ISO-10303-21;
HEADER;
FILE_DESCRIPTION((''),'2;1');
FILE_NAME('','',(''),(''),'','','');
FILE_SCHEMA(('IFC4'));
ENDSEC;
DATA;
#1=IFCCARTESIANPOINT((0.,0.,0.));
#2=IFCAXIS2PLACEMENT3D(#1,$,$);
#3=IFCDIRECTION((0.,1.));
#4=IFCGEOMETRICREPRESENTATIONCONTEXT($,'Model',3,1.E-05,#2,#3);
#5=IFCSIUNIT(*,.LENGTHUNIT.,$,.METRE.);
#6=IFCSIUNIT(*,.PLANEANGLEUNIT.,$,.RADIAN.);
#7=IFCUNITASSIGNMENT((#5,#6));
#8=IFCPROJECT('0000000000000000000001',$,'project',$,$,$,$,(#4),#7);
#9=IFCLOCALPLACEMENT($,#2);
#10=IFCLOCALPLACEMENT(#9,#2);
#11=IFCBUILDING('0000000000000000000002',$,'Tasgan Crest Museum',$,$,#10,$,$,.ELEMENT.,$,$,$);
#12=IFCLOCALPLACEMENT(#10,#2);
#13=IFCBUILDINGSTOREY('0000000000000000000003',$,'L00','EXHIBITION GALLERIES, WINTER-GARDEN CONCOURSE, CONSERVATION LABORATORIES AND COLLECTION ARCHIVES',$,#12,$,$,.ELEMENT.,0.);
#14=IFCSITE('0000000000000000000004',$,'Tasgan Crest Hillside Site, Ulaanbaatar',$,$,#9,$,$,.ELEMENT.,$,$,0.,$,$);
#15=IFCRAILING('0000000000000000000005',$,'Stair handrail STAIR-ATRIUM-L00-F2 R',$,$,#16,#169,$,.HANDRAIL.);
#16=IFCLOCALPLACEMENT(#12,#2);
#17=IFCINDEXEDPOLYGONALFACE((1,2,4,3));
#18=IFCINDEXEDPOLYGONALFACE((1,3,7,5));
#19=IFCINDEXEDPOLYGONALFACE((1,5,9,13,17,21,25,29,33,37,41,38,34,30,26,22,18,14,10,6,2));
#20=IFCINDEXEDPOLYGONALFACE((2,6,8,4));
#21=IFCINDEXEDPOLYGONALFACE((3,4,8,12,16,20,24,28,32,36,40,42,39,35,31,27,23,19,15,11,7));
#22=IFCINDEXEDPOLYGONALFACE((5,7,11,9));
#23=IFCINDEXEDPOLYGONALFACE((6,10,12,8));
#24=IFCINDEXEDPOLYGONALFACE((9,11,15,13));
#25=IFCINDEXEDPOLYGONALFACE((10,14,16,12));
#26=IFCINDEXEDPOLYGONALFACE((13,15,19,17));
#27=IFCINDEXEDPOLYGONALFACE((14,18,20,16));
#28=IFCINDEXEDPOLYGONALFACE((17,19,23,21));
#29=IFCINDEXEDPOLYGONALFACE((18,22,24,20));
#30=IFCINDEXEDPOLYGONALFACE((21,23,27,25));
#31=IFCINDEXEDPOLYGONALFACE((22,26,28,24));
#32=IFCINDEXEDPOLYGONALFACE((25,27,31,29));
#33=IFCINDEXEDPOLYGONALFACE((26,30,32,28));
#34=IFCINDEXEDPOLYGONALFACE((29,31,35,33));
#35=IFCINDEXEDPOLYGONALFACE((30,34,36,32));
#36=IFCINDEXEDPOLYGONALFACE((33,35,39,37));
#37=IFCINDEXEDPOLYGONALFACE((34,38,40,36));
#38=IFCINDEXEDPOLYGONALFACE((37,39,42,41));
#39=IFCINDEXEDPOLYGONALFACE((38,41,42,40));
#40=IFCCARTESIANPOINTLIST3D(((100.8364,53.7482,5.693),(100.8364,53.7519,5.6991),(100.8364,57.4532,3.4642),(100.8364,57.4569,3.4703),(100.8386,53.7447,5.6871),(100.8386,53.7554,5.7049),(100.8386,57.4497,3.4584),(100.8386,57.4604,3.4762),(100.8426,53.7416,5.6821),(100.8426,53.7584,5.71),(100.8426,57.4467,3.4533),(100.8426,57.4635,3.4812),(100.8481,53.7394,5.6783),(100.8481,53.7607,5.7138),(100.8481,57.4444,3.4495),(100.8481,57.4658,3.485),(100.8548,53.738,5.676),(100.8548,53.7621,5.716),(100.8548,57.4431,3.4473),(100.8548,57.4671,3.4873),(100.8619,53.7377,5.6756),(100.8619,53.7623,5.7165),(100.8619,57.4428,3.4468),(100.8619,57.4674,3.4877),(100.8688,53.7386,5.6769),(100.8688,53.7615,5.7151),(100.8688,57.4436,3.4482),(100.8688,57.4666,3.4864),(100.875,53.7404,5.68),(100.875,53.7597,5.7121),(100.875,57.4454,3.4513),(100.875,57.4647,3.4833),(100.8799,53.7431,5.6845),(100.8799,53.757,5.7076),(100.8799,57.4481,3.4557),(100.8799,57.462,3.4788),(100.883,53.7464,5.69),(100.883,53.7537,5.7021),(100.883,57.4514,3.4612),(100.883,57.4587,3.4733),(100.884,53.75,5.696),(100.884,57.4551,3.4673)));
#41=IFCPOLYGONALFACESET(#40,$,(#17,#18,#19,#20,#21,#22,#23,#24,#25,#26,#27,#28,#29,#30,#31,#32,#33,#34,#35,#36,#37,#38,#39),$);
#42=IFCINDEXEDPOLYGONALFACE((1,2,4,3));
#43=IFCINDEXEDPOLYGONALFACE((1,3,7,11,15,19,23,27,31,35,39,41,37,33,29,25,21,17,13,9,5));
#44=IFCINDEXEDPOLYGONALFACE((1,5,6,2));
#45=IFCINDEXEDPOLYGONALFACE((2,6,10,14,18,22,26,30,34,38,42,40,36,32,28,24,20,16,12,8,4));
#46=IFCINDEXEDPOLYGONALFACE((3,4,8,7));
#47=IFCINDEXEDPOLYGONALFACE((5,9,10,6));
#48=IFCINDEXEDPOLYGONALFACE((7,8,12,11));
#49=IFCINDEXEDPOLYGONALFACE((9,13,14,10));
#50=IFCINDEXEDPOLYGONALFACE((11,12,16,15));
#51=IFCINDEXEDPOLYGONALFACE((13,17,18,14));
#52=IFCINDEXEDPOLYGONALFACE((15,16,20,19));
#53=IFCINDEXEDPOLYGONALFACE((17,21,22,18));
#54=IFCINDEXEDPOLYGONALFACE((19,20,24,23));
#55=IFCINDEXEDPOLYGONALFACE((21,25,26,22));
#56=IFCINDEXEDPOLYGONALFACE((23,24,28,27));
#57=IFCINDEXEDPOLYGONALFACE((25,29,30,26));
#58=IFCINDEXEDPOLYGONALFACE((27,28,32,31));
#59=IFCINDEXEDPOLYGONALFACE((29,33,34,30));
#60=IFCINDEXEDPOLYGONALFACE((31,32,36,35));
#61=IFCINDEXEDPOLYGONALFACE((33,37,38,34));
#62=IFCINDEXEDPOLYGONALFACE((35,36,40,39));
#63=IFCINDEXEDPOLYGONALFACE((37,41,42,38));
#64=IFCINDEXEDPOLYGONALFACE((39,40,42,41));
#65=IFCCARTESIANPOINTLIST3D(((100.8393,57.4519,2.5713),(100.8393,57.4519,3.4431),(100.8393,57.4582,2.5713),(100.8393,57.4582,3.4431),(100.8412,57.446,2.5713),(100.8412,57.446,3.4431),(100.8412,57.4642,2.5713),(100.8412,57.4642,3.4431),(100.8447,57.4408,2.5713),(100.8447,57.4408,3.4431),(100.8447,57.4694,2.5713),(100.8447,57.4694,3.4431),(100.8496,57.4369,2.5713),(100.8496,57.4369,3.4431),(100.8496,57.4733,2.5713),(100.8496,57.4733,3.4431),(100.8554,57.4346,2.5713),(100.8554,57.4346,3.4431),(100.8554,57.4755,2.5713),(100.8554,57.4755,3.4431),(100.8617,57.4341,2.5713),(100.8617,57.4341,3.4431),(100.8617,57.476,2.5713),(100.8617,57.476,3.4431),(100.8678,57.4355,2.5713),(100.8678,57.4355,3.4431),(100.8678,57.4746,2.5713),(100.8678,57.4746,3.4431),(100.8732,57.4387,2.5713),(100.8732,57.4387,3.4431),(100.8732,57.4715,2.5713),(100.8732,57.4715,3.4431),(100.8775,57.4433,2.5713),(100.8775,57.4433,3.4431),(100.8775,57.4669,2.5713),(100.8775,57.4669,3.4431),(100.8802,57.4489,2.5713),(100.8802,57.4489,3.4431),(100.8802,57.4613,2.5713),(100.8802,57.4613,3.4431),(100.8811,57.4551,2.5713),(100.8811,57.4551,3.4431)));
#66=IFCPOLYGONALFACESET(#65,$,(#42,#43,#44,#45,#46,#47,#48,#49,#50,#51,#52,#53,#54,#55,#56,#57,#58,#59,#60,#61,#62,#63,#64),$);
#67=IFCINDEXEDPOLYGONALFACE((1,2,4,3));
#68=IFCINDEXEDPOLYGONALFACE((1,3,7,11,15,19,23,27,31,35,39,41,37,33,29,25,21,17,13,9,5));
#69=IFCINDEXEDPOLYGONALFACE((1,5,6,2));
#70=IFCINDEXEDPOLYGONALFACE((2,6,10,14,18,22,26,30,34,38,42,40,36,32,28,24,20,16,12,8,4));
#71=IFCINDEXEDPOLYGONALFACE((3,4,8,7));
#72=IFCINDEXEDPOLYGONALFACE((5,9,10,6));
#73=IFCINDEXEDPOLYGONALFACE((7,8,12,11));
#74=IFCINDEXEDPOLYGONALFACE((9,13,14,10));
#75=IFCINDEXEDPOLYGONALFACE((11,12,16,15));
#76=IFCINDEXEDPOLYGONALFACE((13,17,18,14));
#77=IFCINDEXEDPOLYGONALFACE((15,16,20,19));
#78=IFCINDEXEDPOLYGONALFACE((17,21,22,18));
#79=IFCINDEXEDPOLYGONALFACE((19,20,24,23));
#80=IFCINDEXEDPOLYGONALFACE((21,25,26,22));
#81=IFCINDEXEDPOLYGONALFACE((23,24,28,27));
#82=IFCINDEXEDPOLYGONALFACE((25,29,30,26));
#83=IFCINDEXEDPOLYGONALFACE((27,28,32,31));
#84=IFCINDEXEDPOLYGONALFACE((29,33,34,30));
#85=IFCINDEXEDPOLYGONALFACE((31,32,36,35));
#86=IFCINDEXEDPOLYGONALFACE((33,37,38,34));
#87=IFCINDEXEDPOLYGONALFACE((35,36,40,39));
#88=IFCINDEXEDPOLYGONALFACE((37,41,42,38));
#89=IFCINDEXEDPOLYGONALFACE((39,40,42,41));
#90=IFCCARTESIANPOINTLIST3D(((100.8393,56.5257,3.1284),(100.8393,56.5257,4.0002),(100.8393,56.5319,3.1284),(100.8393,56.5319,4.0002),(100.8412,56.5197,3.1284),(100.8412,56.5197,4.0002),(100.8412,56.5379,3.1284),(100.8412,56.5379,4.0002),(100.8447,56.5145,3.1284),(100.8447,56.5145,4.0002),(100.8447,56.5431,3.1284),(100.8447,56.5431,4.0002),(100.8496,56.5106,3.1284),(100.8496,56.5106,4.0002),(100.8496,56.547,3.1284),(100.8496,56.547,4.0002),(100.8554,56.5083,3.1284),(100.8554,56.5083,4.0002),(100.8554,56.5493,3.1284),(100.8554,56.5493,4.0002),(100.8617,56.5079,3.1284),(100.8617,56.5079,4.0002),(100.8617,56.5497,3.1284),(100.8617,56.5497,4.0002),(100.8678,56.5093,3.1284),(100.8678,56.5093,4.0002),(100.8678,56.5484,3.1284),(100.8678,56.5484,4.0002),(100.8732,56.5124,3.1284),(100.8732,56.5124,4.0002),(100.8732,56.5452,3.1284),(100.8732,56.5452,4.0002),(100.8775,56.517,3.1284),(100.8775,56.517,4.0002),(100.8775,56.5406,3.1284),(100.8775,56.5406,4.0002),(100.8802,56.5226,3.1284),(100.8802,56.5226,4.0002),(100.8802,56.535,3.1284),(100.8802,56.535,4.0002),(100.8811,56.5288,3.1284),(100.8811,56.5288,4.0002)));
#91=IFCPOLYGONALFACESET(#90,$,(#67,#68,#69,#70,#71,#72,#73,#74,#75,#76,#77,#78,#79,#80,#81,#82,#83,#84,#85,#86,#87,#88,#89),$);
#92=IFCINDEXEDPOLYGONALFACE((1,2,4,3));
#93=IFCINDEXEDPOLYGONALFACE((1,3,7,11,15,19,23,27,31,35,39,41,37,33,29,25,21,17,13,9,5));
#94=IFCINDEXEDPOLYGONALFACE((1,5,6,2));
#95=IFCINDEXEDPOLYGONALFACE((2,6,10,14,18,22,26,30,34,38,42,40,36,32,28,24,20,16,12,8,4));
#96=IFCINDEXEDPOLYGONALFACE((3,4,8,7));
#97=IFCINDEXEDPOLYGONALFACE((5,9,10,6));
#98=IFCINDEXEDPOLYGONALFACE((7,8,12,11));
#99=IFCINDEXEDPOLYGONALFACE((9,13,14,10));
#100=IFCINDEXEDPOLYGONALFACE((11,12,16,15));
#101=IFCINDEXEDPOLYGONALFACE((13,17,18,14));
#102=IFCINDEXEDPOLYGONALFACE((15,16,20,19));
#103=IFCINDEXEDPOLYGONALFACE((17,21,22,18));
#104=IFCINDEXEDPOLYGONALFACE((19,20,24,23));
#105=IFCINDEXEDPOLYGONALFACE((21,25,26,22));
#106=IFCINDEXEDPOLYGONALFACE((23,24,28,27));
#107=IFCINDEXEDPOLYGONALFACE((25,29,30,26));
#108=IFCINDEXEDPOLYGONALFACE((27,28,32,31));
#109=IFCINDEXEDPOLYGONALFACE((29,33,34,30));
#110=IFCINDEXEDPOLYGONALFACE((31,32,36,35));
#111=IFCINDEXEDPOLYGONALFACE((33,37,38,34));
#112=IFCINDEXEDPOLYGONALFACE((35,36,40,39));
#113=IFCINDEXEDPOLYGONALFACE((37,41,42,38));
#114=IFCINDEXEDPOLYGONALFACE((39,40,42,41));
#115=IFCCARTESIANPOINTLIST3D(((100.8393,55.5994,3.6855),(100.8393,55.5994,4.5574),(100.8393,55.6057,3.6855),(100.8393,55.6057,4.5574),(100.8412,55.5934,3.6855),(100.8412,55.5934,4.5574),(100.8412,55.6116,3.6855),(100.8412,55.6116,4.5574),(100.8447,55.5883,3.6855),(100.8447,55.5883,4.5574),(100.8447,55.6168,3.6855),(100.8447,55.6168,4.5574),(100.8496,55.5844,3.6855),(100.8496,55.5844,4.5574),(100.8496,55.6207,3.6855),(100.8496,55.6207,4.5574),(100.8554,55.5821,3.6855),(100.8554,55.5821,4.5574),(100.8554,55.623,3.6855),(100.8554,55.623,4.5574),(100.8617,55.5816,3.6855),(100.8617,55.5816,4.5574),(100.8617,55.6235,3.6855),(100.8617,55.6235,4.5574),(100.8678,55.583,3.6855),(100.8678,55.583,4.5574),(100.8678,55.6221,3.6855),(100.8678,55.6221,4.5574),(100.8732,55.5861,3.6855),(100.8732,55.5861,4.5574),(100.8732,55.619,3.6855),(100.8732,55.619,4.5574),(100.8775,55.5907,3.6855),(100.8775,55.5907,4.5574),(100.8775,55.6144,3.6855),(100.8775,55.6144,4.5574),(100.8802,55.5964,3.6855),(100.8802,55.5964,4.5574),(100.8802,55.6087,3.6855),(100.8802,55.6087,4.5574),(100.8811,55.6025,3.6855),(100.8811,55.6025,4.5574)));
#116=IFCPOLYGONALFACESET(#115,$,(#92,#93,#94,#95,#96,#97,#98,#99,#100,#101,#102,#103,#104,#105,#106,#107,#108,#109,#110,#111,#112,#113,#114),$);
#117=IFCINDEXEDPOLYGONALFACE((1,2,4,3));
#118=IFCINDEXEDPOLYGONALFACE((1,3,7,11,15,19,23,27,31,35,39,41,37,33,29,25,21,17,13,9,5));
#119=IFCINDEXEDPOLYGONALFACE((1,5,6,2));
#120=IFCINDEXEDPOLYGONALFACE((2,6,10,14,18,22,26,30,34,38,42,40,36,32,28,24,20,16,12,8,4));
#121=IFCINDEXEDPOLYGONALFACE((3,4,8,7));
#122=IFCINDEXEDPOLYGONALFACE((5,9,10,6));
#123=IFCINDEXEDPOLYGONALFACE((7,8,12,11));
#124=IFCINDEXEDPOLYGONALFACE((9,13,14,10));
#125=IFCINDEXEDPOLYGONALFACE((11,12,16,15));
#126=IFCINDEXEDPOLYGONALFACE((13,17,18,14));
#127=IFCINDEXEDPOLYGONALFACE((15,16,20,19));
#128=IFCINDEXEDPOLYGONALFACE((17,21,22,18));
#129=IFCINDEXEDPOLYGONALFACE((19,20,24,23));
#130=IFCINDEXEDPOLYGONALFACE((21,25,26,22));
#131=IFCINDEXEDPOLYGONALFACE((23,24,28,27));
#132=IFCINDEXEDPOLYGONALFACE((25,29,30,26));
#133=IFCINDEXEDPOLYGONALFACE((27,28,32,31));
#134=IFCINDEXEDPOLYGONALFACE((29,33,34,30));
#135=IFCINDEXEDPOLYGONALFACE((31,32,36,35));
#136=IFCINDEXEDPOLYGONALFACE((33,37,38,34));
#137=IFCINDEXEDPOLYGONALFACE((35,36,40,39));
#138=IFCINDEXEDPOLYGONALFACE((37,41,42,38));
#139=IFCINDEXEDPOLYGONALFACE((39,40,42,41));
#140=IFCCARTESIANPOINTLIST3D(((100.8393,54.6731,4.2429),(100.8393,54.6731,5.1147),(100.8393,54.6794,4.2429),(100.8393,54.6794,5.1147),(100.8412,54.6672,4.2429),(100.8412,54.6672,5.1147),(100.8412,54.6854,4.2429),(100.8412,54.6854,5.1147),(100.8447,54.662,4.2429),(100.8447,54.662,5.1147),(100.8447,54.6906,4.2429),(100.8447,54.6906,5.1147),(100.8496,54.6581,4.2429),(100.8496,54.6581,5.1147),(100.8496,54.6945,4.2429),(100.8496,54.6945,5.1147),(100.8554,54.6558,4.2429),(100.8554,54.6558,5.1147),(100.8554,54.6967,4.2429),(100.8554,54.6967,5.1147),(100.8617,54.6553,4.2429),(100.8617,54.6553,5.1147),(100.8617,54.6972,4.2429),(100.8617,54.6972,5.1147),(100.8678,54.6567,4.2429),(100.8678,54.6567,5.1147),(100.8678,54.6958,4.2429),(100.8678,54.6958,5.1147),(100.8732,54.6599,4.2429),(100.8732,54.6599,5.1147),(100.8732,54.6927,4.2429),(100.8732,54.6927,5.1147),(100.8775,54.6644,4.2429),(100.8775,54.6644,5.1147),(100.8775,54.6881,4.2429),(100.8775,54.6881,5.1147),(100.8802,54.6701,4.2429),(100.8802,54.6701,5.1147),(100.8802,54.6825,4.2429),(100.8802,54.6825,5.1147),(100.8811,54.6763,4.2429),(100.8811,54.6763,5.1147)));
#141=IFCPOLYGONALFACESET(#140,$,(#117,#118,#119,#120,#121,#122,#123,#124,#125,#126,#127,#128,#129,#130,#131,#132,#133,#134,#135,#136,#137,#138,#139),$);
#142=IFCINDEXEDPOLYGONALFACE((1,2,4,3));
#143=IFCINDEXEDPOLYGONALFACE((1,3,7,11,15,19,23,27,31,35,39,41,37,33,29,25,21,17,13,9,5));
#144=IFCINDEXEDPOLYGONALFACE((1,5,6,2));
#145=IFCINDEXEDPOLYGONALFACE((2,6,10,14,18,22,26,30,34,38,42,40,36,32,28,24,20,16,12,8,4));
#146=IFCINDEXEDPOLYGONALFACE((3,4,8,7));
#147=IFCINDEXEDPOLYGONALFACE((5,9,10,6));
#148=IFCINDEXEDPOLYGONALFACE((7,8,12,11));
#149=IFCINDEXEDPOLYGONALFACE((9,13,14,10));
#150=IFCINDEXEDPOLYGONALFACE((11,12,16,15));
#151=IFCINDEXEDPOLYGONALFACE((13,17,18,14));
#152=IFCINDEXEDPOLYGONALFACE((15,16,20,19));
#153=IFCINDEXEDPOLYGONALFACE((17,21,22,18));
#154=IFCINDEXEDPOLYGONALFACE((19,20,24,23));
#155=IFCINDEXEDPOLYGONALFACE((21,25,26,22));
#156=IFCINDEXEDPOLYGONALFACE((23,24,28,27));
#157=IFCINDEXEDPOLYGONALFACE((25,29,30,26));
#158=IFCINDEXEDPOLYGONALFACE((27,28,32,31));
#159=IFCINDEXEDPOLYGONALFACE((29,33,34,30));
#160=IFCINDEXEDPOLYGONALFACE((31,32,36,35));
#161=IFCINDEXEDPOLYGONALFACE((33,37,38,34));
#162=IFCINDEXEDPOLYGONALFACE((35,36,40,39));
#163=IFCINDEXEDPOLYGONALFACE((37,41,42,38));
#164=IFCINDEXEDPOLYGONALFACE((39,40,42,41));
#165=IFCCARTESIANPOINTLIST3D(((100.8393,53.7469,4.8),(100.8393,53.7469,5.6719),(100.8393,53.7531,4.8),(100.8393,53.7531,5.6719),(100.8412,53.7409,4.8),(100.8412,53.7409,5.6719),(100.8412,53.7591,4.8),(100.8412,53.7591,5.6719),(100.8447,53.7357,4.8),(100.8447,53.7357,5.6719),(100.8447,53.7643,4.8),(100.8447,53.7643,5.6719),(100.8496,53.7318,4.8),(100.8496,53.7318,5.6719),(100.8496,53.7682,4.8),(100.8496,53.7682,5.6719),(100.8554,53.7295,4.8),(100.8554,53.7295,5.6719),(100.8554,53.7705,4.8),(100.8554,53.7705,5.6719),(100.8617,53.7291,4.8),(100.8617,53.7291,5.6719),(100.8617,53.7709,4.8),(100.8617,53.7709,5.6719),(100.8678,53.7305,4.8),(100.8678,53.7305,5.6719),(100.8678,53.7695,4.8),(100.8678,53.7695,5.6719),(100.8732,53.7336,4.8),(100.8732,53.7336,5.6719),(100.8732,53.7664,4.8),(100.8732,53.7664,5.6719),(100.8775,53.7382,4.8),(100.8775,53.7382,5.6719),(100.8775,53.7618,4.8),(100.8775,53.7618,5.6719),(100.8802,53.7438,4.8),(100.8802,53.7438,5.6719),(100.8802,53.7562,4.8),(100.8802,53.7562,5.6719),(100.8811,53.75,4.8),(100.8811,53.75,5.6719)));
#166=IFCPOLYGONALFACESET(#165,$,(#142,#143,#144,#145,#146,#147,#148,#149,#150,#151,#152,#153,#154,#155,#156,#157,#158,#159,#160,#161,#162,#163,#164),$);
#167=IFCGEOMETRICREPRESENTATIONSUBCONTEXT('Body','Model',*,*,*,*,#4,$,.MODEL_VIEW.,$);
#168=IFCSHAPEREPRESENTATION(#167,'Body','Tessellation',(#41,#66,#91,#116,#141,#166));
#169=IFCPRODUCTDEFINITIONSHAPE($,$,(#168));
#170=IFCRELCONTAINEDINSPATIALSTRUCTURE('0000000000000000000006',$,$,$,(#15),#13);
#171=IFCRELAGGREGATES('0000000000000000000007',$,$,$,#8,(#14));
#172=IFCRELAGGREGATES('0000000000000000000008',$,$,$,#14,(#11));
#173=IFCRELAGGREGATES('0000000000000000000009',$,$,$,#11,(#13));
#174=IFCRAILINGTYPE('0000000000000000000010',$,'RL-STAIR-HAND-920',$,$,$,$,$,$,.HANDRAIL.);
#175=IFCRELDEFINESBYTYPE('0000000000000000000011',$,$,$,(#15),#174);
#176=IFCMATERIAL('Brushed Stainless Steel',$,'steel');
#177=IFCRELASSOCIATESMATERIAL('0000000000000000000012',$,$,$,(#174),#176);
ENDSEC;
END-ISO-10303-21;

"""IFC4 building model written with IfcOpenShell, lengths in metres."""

from ifc_helpers import new_model, si_unit, direction, frame, origin, origin_2d, place, context, subcontext, project, spatial, circle, extrude, material, type_object, element, save


model = new_model("IFC4")

# Units and contexts
model_context = context("Model", 3, precision=1e-05, world=origin(), true_north=direction((0.0, 1.0)))
body_context = subcontext(model_context, "Body", "Model", "MODEL_VIEW")
ifc_project = project(units=[si_unit("LENGTHUNIT", "METRE"), si_unit("PLANEANGLEUNIT", "RADIAN")], contexts=[model_context])

# Site, building, storey
site_placement = place(None, origin())
site = spatial("IfcSite", under=ifc_project, at=site_placement, Name="Tasgan Crest Hillside Site, Ulaanbaatar", CompositionType="ELEMENT", RefElevation=0.0)
building_placement = place(site_placement, origin())
building = spatial("IfcBuilding", under=site, at=building_placement, Name="Tasgan Crest Museum", CompositionType="ELEMENT")
storey_placement = place(building_placement, origin())
storey = spatial("IfcBuildingStorey", under=building, at=storey_placement, Name="L00", Description="EXHIBITION GALLERIES, WINTER-GARDEN CONCOURSE, CONSERVATION LABORATORIES AND COLLECTION ARCHIVES", CompositionType="ELEMENT", Elevation=0.0)

# Railing
ifc_material_1 = material(Name="Brushed Stainless Steel", Category="steel")
railing_type_1 = type_object("IfcRailingType", Name="RL-STAIR-HAND-920", PredefinedType="HANDRAIL", material=ifc_material_1)
for number, where, name in (
    (1, (100.8601, 57.4551, 2.5713), "Stair handrail STAIR-ATRIUM-L00-F2 R"),
):
    element("IfcRailing", number, at=place(storey_placement, frame(where)), inside=storey, type_object=railing_type_1, Name=name, PredefinedType="HANDRAIL", context=body_context, shape_type="SweptSolid", body=[
        extrude(circle(Radius=0.0239, at=origin_2d()), frame((0.0, 0.0, 0.896), z_axis=(0.0, -0.856909, 0.515467), x_axis=(1.0, 0.0, 0.0)), (0.0, 0.0, 1.0), 4.3237),
        extrude(circle(Radius=0.021, at=origin_2d()), origin(), (0.0, 0.0, 1.0), 0.8718),
        extrude(circle(Radius=0.021, at=origin_2d()), frame((0.0, -0.9263, 0.5571)), (0.0, 0.0, 1.0), 0.8718),
        extrude(circle(Radius=0.021, at=origin_2d()), frame((0.0, -1.8525, 1.1143)), (0.0, 0.0, 1.0), 0.8718),
        extrude(circle(Radius=0.021, at=origin_2d()), frame((0.0, -2.7788, 1.6716)), (0.0, 0.0, 1.0), 0.8718),
        extrude(circle(Radius=0.021, at=origin_2d()), frame((0.0, -3.7051, 2.2288)), (0.0, 0.0, 1.0), 0.8718),
    ])

save(model, "model.ifc")
